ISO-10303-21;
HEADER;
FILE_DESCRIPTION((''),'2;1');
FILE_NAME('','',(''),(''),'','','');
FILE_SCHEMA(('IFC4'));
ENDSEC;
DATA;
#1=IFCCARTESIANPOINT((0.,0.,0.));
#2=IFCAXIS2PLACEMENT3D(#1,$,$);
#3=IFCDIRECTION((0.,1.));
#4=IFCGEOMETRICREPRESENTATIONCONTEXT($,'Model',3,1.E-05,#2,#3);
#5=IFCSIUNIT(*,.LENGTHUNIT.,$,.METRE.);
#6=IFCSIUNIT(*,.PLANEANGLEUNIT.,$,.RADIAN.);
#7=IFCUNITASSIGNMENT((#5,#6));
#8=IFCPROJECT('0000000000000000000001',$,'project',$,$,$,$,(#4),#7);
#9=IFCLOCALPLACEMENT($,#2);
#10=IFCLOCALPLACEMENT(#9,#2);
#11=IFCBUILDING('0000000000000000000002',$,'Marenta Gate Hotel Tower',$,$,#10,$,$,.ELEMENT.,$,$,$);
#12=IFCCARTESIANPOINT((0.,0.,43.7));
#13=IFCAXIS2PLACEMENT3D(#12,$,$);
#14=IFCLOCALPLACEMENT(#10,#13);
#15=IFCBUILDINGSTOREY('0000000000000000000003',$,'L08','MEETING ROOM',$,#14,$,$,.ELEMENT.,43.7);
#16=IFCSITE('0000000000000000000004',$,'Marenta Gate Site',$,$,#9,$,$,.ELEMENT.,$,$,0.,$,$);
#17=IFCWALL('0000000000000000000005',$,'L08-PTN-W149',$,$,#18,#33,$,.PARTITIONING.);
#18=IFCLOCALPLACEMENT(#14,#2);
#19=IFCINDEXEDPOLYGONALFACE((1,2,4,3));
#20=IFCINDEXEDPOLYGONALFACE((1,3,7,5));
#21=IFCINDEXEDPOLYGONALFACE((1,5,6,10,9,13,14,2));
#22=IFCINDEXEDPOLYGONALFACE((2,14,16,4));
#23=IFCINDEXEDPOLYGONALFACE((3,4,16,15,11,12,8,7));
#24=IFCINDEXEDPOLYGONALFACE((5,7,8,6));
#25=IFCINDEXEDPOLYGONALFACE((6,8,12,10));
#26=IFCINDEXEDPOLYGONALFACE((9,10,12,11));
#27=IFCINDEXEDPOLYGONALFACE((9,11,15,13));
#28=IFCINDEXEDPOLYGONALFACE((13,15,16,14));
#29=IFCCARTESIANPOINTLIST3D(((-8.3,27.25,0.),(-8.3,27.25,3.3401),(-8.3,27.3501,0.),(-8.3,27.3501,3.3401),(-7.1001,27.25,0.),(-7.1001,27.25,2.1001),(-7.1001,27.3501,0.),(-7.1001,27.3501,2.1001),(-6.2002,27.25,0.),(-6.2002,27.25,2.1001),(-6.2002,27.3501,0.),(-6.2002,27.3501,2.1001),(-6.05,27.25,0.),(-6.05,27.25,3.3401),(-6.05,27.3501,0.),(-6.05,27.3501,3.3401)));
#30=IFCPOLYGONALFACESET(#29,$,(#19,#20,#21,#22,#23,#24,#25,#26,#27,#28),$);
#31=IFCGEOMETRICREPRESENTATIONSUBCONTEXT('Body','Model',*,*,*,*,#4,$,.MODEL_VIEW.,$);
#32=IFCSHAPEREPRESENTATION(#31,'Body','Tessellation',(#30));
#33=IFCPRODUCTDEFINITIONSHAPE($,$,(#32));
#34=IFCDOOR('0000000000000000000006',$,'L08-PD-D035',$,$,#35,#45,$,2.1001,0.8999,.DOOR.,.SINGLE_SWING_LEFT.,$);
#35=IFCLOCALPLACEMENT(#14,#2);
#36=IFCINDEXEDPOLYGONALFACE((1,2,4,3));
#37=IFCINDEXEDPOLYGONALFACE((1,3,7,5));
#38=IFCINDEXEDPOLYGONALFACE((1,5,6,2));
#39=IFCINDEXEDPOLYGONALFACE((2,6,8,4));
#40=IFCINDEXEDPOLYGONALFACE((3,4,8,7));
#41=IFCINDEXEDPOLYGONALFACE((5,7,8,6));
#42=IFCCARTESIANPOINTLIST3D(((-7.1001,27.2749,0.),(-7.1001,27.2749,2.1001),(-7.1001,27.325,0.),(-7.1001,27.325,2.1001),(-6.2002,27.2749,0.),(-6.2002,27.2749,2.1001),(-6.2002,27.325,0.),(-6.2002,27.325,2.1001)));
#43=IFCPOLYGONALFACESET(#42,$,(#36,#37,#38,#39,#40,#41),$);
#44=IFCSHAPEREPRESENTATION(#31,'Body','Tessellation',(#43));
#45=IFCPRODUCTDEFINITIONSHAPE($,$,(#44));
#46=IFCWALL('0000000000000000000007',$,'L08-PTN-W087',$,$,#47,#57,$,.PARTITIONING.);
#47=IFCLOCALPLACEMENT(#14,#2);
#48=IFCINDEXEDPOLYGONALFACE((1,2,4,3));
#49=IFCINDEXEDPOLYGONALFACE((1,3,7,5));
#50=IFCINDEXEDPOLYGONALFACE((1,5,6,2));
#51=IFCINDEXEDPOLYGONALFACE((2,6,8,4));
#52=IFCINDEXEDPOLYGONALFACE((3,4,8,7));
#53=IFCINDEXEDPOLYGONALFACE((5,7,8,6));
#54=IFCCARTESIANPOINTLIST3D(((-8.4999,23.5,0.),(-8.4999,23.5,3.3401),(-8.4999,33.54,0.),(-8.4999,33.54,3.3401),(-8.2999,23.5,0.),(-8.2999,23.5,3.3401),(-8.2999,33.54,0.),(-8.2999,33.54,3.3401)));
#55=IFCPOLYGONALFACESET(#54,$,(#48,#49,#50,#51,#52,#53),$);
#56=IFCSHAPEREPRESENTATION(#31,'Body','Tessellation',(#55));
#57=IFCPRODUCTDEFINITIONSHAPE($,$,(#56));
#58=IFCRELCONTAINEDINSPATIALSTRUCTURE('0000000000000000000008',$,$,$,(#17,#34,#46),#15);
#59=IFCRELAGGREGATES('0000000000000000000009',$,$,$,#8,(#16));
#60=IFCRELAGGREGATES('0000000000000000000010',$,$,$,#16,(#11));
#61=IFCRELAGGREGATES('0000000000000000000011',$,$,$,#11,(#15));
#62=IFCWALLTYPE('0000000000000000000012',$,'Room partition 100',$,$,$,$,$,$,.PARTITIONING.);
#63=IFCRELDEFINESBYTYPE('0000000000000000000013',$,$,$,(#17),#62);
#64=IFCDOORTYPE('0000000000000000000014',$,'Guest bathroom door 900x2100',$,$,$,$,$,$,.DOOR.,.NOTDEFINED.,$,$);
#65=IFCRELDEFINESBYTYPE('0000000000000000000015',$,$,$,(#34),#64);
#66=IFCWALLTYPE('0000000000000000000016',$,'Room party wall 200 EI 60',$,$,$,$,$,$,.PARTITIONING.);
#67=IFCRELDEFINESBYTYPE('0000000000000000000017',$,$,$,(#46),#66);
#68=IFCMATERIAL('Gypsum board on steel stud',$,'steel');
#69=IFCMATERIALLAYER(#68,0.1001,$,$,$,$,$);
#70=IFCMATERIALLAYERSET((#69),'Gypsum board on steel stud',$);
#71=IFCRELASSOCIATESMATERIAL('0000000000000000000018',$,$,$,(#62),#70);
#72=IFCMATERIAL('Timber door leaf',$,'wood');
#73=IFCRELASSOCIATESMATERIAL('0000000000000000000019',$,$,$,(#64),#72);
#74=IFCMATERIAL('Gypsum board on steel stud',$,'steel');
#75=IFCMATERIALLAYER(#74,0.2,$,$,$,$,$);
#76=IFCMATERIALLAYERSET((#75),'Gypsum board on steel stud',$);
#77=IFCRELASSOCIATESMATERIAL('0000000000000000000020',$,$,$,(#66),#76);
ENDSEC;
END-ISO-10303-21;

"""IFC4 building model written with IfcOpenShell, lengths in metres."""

from ifc_helpers import new_model, si_unit, direction, frame, frame_2d, origin, place, context, subcontext, project, spatial, rectangle, extrude, material, layer, layer_set, type_object, element, fill, save


model = new_model("IFC4")

# Units and contexts
model_context = context("Model", 3, precision=1e-05, world=origin(), true_north=direction((0.0, 1.0)))
body_context = subcontext(model_context, "Body", "Model", "MODEL_VIEW")
ifc_project = project(units=[si_unit("LENGTHUNIT", "METRE"), si_unit("PLANEANGLEUNIT", "RADIAN")], contexts=[model_context])

# Site, building, storey
site_placement = place(None, origin())
site = spatial("IfcSite", under=ifc_project, at=site_placement, Name="Marenta Gate Site", CompositionType="ELEMENT", RefElevation=0.0)
building_placement = place(site_placement, origin())
building = spatial("IfcBuilding", under=site, at=building_placement, Name="Marenta Gate Hotel Tower", CompositionType="ELEMENT")
storey_placement = place(building_placement, frame((0.0, 0.0, 43.7)))
storey = spatial("IfcBuildingStorey", under=building, at=storey_placement, Name="L08", Description="MEETING ROOM", CompositionType="ELEMENT", Elevation=43.7)

# Shared definitions
ifc_material_1 = material(Name="Gypsum board on steel stud", Category="steel")
ifc_layer_1 = layer(ifc_material_1, 0.1001)
ifc_layer_set_1 = layer_set([ifc_layer_1], Name="Gypsum board on steel stud")
wall_type_1 = type_object("IfcWallType", Name="Room partition 100", PredefinedType="PARTITIONING", material=ifc_layer_set_1)

# Wall, opening, door
ifc_material_2 = material(Name="Timber door leaf", Category="wood")
door_type = type_object("IfcDoorType", Name="Guest bathroom door 900x2100", OperationType="NOTDEFINED", PredefinedType="DOOR", material=ifc_material_2)
wall_1_placement = place(storey_placement, frame((-8.3, 27.3, 0.0), z_axis=(0.0, 0.0, 1.0), x_axis=(1.0, 0.0, 0.0)))
wall_1 = element("IfcWall", 1, at=wall_1_placement, inside=storey, type_object=wall_type_1, Name="L08-PTN-W149", PredefinedType="PARTITIONING", context=body_context, shape_type="SweptSolid", body=[
    extrude(rectangle(XDim=2.25, YDim=0.1001, at=frame_2d((1.125, 0.0))), origin(), (0.0, 0.0, 1.0), 3.3401),
])
opening_1_placement = place(wall_1_placement, frame((1.2, 0.0, 0.0)))
opening_1 = element("IfcOpeningElement", 2, at=opening_1_placement, cuts=wall_1, PredefinedType="OPENING", context=body_context, shape_type="SweptSolid", body=[
    extrude(rectangle(XDim=0.8999, YDim=2.1001, at=frame_2d((0.45, 1.05))), frame((0.0, 0.05, 0.0), z_axis=(0.0, -1.0, 0.0), x_axis=(1.0, 0.0, 0.0)), (0.0, 0.0, 1.0), 0.1001),
])
door_1_placement = place(opening_1_placement, origin())
door_1 = element("IfcDoor", 3, at=door_1_placement, inside=storey, type_object=door_type, Name="L08-PD-D035", OperationType="SINGLE_SWING_LEFT", OverallHeight=2.1001, OverallWidth=0.8999, PredefinedType="DOOR", context=body_context, shape_type="SweptSolid", body=[
    extrude(rectangle(XDim=0.8999, YDim=2.1001, at=frame_2d((0.45, 1.05))), frame((0.0, 0.0249, 0.0), z_axis=(0.0, -1.0, 0.0), x_axis=(1.0, 0.0, 0.0)), (0.0, 0.0, 1.0), 0.05),
])
fill(opening_1, door_1)

# Wall
ifc_material_3 = material(Name="Gypsum board on steel stud", Category="steel")
ifc_layer_2 = layer(ifc_material_3, 0.2)
ifc_layer_set_2 = layer_set([ifc_layer_2], Name="Gypsum board on steel stud")
wall_type_2 = type_object("IfcWallType", Name="Room party wall 200 EI 60", PredefinedType="PARTITIONING", material=ifc_layer_set_2)
wall_2_placement = place(storey_placement, frame((-8.3999, 23.5, 0.0), z_axis=(0.0, 0.0, 1.0), x_axis=(0.0, 1.0, 0.0)))
element("IfcWall", 4, at=wall_2_placement, inside=storey, type_object=wall_type_2, Name="L08-PTN-W087", PredefinedType="PARTITIONING", context=body_context, shape_type="SweptSolid", body=[
    extrude(rectangle(XDim=10.04, YDim=0.2, at=frame_2d((5.02, 0.0))), origin(), (0.0, 0.0, 1.0), 3.3401),
])

save(model, "model.ifc")
